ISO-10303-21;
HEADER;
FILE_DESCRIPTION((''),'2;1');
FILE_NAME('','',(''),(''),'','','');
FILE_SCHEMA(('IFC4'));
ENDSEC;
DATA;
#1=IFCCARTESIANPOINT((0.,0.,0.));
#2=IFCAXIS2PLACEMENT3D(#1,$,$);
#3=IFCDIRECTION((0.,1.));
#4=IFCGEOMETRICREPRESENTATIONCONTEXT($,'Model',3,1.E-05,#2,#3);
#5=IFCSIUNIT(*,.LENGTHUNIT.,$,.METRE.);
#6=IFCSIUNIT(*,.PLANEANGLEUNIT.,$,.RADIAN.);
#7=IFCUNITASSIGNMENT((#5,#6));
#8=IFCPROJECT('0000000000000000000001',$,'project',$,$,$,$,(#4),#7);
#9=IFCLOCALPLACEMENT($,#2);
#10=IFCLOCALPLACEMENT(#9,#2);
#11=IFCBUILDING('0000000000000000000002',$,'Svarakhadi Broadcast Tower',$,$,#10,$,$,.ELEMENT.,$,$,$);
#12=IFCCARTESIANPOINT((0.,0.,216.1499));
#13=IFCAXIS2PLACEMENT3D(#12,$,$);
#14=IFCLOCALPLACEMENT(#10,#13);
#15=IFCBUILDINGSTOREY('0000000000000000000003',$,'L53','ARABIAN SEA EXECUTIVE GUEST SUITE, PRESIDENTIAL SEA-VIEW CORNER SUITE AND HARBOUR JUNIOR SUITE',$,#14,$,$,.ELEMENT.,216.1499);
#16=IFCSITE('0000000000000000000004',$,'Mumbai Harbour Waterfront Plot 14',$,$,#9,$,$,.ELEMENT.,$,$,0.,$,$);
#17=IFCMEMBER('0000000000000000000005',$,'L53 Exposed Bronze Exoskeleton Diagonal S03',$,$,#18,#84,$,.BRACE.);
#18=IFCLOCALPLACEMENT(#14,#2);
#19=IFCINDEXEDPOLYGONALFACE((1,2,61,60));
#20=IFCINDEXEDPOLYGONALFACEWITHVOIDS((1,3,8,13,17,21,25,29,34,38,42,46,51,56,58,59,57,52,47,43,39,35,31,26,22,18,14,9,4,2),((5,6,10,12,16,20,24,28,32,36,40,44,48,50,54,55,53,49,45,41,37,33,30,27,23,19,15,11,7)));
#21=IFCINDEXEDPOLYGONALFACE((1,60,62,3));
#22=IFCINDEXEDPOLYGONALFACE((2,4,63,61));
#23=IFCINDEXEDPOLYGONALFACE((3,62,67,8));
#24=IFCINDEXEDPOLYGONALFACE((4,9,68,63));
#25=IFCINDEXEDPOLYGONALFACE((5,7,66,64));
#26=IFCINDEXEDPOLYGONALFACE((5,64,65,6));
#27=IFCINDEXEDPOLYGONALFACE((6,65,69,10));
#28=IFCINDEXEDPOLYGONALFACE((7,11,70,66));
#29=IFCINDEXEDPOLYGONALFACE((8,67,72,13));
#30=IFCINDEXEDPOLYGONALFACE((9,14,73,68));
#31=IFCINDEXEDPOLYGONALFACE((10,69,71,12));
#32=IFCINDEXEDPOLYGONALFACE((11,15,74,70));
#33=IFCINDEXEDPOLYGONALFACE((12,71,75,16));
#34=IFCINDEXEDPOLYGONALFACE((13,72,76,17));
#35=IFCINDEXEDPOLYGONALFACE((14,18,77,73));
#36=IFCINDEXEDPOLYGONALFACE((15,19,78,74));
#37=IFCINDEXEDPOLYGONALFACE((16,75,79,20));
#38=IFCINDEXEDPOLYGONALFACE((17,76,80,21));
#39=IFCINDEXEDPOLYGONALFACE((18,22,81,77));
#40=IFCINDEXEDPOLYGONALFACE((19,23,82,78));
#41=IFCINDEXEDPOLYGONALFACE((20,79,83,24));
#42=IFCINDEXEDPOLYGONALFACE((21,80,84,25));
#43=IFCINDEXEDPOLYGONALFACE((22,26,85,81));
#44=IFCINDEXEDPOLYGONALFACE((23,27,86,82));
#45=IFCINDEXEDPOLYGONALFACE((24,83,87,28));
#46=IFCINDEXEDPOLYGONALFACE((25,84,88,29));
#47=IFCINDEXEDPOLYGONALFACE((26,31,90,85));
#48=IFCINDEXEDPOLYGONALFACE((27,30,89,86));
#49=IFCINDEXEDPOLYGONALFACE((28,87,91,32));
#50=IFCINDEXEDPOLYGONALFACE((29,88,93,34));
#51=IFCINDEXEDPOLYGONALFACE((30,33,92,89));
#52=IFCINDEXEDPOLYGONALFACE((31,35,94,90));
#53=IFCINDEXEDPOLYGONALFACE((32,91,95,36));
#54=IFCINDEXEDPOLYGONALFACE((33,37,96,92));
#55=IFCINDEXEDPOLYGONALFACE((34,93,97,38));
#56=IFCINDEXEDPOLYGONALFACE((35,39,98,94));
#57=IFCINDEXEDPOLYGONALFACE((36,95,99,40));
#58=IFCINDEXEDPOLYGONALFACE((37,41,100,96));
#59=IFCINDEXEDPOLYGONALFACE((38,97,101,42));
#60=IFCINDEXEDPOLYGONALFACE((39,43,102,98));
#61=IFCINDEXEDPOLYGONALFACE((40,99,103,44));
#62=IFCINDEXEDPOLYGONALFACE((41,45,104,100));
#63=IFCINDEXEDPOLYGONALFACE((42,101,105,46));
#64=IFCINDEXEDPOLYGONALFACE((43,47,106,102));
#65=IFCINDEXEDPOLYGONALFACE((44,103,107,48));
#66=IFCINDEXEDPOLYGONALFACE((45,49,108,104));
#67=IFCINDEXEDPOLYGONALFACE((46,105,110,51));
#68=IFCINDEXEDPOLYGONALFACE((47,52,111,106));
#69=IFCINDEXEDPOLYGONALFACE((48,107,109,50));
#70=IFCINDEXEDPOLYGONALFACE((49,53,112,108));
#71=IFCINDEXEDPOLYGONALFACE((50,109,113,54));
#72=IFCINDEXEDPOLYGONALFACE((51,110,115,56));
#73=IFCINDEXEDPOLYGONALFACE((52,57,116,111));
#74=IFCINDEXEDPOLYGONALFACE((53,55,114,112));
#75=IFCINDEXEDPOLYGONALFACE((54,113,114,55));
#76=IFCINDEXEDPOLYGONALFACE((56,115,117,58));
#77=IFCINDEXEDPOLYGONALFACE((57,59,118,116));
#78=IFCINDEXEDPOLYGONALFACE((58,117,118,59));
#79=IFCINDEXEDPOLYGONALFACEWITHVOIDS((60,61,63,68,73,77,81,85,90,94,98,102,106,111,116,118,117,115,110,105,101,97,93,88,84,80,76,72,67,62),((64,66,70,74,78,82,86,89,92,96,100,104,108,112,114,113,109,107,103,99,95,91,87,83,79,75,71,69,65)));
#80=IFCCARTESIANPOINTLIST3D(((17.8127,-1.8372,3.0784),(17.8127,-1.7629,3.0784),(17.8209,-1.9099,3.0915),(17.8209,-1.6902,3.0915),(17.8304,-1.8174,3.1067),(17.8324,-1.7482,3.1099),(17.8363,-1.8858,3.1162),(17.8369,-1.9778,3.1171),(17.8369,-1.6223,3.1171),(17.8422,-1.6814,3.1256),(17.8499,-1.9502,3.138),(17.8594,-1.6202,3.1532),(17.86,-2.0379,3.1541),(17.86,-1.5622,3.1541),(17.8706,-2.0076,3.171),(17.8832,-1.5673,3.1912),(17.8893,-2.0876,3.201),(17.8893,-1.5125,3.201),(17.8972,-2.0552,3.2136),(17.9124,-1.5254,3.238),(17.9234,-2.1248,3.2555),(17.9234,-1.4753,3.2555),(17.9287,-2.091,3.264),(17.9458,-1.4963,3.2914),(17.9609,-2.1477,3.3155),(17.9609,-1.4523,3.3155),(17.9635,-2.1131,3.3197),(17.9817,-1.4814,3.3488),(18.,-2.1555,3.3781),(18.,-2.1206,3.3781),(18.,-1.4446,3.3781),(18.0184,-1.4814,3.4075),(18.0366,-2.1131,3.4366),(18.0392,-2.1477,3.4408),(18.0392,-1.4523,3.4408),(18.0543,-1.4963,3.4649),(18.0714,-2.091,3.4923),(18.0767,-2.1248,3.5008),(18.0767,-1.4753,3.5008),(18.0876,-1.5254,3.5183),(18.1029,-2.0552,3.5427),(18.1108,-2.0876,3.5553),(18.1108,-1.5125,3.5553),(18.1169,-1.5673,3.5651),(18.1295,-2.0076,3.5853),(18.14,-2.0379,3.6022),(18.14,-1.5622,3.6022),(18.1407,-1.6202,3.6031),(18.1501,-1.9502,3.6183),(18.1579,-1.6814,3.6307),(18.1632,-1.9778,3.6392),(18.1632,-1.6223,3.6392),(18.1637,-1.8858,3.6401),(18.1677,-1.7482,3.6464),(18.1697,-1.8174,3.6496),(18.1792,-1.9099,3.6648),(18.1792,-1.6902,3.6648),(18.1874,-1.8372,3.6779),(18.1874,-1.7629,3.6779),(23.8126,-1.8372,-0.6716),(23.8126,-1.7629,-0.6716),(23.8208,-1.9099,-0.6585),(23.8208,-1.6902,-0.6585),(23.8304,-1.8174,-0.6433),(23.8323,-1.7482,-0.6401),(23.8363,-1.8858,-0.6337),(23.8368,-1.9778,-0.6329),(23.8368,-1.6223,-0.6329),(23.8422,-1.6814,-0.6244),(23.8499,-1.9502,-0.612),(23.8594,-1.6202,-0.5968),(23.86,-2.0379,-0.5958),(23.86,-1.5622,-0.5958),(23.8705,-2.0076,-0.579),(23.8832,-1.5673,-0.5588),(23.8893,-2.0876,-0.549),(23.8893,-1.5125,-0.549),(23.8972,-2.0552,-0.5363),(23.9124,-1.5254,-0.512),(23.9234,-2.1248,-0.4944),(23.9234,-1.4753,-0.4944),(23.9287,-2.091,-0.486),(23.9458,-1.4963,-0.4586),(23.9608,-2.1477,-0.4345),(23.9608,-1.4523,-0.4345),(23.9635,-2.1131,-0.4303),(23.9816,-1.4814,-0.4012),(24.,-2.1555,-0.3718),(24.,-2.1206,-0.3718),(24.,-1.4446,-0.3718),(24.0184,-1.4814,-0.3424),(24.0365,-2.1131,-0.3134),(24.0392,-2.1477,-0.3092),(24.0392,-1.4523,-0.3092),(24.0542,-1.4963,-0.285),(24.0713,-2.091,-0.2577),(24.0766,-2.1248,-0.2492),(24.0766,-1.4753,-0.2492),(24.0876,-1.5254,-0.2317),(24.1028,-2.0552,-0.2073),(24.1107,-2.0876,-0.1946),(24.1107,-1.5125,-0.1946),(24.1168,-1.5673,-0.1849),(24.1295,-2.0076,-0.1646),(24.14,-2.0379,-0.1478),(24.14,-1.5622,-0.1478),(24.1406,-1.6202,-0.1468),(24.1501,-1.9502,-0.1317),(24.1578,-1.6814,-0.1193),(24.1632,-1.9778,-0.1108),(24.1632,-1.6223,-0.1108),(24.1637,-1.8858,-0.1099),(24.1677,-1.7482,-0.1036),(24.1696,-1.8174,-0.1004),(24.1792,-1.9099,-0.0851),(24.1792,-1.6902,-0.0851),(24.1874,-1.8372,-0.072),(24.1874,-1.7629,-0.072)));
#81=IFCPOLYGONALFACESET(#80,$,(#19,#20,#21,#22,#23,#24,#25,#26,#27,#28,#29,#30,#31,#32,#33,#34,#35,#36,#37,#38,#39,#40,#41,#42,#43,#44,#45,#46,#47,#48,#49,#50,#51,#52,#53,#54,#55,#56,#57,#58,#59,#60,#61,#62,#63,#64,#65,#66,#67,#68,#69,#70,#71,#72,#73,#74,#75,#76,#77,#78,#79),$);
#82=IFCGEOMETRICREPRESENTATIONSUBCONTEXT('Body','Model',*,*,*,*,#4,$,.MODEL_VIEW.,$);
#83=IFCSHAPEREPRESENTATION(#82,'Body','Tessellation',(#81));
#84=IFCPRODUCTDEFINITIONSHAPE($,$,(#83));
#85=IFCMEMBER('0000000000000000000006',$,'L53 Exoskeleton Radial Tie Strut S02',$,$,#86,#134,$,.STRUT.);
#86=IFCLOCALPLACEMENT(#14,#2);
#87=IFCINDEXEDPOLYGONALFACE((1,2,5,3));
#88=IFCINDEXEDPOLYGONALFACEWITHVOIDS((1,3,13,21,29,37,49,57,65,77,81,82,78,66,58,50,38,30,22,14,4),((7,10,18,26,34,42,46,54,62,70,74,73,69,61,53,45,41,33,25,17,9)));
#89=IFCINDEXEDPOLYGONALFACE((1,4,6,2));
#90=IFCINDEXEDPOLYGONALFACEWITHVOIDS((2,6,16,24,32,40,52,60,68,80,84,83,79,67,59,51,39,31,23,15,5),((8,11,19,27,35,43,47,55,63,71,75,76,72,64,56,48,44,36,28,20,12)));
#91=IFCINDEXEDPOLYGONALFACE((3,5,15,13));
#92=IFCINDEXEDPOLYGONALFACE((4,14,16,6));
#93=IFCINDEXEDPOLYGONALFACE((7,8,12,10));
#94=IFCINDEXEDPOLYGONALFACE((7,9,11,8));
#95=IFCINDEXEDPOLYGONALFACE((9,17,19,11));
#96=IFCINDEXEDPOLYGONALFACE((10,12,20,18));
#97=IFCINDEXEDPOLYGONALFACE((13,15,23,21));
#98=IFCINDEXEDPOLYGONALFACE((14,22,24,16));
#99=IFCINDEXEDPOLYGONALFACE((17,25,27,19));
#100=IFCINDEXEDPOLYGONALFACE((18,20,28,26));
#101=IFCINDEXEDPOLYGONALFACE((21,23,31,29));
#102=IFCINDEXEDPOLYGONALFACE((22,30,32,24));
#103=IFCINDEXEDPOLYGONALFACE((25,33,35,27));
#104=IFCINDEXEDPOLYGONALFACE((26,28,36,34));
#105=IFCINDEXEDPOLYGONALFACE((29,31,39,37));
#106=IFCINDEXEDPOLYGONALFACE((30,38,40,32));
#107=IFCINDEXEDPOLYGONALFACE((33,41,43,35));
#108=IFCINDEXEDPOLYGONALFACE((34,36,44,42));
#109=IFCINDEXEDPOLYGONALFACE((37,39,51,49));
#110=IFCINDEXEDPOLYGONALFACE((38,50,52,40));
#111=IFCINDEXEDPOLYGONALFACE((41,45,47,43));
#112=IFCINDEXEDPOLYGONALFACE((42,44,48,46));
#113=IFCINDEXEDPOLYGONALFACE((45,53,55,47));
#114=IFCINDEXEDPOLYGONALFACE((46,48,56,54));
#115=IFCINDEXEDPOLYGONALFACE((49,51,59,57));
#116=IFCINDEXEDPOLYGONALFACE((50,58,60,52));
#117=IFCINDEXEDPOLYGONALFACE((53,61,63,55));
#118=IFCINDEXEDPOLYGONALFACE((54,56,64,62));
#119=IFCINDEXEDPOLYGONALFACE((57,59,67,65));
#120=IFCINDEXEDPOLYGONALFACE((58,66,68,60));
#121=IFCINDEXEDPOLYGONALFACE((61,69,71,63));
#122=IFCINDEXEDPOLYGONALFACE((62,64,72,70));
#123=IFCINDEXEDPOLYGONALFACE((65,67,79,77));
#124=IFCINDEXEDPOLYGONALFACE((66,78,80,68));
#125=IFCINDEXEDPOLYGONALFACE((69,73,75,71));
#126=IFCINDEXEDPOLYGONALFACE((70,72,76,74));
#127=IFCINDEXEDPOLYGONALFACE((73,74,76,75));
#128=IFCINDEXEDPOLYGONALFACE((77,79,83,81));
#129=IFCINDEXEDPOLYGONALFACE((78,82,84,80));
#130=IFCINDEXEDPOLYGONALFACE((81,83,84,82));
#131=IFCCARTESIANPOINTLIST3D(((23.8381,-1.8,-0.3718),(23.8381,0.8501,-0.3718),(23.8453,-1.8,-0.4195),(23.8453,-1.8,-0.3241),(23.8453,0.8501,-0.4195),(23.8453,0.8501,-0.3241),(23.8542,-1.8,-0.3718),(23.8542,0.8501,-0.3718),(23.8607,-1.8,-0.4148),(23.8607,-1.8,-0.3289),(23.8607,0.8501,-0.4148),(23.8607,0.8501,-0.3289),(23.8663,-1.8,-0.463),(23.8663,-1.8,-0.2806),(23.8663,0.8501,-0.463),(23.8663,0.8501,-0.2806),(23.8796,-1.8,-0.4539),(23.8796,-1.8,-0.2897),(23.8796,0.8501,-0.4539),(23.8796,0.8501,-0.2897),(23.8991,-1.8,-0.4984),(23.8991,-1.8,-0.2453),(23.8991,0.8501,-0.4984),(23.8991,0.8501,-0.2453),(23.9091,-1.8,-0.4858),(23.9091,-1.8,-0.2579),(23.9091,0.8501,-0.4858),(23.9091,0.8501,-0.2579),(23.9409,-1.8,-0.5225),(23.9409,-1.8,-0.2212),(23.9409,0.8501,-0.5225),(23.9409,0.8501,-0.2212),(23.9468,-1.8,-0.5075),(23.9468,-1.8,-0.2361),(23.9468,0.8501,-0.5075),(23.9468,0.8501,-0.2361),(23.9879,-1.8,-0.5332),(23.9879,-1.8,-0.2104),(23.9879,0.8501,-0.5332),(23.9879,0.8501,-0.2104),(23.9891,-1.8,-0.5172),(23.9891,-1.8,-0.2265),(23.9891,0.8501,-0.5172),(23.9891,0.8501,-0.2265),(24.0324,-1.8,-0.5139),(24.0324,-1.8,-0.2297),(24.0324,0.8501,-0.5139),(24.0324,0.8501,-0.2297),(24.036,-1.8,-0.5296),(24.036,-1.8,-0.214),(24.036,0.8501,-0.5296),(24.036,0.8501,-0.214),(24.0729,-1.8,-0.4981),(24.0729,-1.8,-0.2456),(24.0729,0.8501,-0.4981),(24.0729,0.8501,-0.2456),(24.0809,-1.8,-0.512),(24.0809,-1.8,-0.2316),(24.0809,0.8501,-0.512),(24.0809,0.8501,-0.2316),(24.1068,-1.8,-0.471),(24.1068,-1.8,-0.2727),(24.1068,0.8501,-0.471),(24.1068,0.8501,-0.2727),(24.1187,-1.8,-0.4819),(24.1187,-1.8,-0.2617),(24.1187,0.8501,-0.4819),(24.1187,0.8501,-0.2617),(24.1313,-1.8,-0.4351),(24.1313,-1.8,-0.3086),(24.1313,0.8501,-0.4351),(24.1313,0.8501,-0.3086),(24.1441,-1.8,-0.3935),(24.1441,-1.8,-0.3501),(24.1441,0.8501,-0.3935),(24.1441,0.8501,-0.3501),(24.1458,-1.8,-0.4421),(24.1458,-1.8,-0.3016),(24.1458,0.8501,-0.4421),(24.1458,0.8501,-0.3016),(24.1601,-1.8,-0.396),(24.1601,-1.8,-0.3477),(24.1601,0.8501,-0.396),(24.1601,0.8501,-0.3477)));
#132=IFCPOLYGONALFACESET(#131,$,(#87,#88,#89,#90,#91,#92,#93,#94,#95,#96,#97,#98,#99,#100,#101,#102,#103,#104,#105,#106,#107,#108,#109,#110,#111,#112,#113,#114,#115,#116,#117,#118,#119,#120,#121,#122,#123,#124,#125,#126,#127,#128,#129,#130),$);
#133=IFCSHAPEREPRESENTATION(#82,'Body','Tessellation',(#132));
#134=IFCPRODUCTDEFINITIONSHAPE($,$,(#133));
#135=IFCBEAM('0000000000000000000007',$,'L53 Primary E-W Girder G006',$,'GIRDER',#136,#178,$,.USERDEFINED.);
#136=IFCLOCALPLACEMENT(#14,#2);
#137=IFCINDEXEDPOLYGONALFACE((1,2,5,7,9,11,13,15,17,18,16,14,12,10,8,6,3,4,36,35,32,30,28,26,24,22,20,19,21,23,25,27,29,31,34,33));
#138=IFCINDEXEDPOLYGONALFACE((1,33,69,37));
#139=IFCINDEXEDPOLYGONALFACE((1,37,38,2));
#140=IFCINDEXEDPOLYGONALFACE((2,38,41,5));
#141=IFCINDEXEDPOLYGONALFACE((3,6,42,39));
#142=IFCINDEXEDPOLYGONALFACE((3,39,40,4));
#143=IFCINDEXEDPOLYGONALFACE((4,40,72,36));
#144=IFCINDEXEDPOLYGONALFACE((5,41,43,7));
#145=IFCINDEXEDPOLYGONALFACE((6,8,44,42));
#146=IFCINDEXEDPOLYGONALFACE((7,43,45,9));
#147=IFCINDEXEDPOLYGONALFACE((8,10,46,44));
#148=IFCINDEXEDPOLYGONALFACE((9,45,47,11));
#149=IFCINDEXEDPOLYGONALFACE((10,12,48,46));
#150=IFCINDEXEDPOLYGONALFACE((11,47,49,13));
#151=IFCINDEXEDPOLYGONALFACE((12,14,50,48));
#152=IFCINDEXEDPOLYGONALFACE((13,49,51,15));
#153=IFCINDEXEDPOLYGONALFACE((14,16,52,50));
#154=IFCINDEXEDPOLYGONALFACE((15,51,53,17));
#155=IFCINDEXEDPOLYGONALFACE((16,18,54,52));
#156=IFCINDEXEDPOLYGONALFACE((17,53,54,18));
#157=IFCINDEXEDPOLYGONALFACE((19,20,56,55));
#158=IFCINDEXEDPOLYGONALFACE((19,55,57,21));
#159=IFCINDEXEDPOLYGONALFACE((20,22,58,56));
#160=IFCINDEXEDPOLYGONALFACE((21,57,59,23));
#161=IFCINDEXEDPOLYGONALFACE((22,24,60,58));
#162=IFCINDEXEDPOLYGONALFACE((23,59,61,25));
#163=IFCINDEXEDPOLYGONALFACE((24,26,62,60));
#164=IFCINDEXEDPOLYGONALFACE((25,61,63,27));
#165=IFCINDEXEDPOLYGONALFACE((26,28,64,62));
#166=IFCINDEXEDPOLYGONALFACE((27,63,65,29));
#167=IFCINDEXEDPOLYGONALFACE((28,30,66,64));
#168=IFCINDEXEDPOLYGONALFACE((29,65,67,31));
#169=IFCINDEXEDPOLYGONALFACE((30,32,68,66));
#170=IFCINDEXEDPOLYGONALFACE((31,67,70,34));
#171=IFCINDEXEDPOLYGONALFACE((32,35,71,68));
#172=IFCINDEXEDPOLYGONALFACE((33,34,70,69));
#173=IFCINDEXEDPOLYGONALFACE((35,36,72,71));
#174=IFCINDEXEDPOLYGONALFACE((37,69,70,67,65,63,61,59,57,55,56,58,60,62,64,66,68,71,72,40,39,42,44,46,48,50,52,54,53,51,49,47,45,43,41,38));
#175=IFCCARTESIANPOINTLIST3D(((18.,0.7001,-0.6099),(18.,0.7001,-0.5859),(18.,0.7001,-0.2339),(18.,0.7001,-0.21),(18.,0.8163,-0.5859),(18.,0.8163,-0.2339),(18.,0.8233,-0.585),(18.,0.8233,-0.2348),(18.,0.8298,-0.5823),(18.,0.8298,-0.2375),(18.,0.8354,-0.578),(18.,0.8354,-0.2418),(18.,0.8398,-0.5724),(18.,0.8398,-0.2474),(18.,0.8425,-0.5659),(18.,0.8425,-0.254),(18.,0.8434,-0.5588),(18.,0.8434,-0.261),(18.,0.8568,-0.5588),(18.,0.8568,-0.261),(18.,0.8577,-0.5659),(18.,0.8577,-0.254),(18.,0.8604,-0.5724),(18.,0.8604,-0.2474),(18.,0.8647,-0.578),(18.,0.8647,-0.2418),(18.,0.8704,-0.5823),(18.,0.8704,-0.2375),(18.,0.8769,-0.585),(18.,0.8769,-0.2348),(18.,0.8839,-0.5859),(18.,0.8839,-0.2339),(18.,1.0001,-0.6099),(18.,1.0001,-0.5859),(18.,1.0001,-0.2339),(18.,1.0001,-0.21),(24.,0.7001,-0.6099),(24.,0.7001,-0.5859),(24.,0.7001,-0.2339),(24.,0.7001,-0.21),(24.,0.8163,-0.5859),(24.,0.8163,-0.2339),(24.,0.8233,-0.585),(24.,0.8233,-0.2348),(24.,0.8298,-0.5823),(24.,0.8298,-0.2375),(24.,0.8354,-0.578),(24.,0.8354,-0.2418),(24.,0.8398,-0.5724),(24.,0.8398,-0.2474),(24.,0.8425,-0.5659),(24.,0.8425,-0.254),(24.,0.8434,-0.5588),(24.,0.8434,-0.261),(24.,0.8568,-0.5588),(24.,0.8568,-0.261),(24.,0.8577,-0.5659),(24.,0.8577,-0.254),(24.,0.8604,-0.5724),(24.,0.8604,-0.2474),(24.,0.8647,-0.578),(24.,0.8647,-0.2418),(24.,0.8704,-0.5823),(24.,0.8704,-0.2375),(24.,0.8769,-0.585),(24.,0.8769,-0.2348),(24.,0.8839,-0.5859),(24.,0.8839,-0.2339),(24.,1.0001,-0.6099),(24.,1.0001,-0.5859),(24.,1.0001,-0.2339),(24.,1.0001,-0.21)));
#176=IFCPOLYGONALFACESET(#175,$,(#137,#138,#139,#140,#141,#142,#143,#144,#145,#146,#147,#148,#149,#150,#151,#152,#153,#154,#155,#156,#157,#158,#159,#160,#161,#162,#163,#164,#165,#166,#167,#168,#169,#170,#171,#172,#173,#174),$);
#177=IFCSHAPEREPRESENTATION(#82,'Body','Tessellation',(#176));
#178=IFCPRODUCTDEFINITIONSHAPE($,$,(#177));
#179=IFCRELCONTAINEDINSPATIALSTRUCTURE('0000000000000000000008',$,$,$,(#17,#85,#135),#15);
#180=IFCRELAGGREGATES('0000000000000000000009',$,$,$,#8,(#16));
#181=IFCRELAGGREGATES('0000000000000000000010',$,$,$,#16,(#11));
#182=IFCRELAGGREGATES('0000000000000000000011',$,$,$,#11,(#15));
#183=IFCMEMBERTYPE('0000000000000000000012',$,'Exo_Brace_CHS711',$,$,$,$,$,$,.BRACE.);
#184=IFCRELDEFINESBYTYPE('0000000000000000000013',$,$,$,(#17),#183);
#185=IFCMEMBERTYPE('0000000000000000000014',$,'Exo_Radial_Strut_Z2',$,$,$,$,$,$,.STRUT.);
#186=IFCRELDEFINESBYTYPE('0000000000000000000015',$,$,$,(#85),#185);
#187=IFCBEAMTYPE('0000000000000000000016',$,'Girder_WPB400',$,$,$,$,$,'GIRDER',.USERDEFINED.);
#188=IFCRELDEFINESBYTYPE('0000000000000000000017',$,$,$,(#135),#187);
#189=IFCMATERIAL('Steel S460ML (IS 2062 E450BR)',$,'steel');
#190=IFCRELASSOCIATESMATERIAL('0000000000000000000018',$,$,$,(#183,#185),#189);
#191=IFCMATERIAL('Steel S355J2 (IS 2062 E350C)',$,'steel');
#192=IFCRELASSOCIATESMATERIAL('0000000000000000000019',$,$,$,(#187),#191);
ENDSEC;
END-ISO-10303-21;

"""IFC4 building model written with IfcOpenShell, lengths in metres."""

from ifc_helpers import new_model, si_unit, direction, frame, origin, origin_2d, place, context, subcontext, project, spatial, hollow_circle, i_section, extrude, material, material_profile, profile_set, type_object, element, save


model = new_model("IFC4")

# Units and contexts
model_context = context("Model", 3, precision=1e-05, world=origin(), true_north=direction((0.0, 1.0)))
body_context = subcontext(model_context, "Body", "Model", "MODEL_VIEW")
ifc_project = project(units=[si_unit("LENGTHUNIT", "METRE"), si_unit("PLANEANGLEUNIT", "RADIAN")], contexts=[model_context])

# Site, building, storey
site_placement = place(None, origin())
site = spatial("IfcSite", under=ifc_project, at=site_placement, Name="Mumbai Harbour Waterfront Plot 14", CompositionType="ELEMENT", RefElevation=0.0)
building_placement = place(site_placement, origin())
building = spatial("IfcBuilding", under=site, at=building_placement, Name="Svarakhadi Broadcast Tower", CompositionType="ELEMENT")
storey_placement = place(building_placement, frame((0.0, 0.0, 216.1499)))
storey = spatial("IfcBuildingStorey", under=building, at=storey_placement, Name="L53", Description="ARABIAN SEA EXECUTIVE GUEST SUITE, PRESIDENTIAL SEA-VIEW CORNER SUITE AND HARBOUR JUNIOR SUITE", CompositionType="ELEMENT", Elevation=216.1499)

# Shared definitions
ifc_material_1 = material(Name="Steel S460ML (IS 2062 E450BR)", Category="steel")

# Members
ifc_material_profile_1 = material_profile(ifc_material_1, hollow_circle(Radius=0.3555, WallThickness=0.0349, at=origin_2d()), Name="CHS 711x35")
ifc_profile_set_1 = profile_set([ifc_material_profile_1], Name="Steel S460ML (IS 2062 E450BR)")
member_type_1 = type_object("IfcMemberType", Name="Exo_Brace_CHS711", PredefinedType="BRACE", material=ifc_profile_set_1)
member_1_placement = place(storey_placement, frame((24.0, -1.8, -0.3718), z_axis=(-0.847998, 0.0, 0.529999), x_axis=(0.0, -1.0, 0.0)))
element("IfcMember", 1, at=member_1_placement, inside=storey, type_object=member_type_1, Name="L53 Exposed Bronze Exoskeleton Diagonal S03", PredefinedType="BRACE", context=body_context, shape_type="SweptSolid", body=[
    extrude(hollow_circle(Radius=0.3555, WallThickness=0.0349, at=origin_2d()), origin(), (0.0, 0.0, 1.0), 7.0754),
])
ifc_material_profile_2 = material_profile(ifc_material_1, hollow_circle(Radius=0.1619, WallThickness=0.0161, at=origin_2d()), Name="CHS 323.9x16")
ifc_profile_set_2 = profile_set([ifc_material_profile_2], Name="Steel S460ML (IS 2062 E450BR)")
member_type_2 = type_object("IfcMemberType", Name="Exo_Radial_Strut_Z2", PredefinedType="STRUT", material=ifc_profile_set_2)
member_2_placement = place(storey_placement, frame((24.0, -1.8, -0.3718), z_axis=(0.0, 1.0, 0.0), x_axis=(-1.0, 0.0, 0.0)))
element("IfcMember", 2, at=member_2_placement, inside=storey, type_object=member_type_2, Name="L53 Exoskeleton Radial Tie Strut S02", PredefinedType="STRUT", context=body_context, shape_type="SweptSolid", body=[
    extrude(hollow_circle(Radius=0.1619, WallThickness=0.0161, at=origin_2d()), origin(), (0.0, 0.0, 1.0), 2.6501),
])

# Beam
ifc_material_2 = material(Name="Steel S355J2 (IS 2062 E350C)", Category="steel")
ifc_material_profile_3 = material_profile(ifc_material_2, i_section(OverallWidth=0.3, OverallDepth=0.3999, WebThickness=0.0134, FlangeThickness=0.0239, FilletRadius=0.0271, at=origin_2d()), Name="WPB 400x300x155")
ifc_profile_set_3 = profile_set([ifc_material_profile_3], Name="Steel S355J2 (IS 2062 E350C)")
beam_type_1 = type_object("IfcBeamType", Name="Girder_WPB400", ElementType="GIRDER", PredefinedType="USERDEFINED", material=ifc_profile_set_3)
for number, where, z_axis, x_axis, name in (
    (3, (18.0, 0.8501, -0.4099), (1.0, 0.0, 0.0), (0.0, 1.0, 0.0), "L53 Primary E-W Girder G006"),
):
    element("IfcBeam", number, at=place(storey_placement, frame(where, z_axis=z_axis, x_axis=x_axis)), inside=storey, type_object=beam_type_1, Name=name, ObjectType="GIRDER", PredefinedType="USERDEFINED", context=body_context, shape_type="SweptSolid", body=[
        extrude(i_section(OverallWidth=0.3, OverallDepth=0.3999, WebThickness=0.0134, FlangeThickness=0.0239, FilletRadius=0.0271, at=origin_2d()), origin(), (0.0, 0.0, 1.0), 6.0),
    ])

save(model, "model.ifc")
